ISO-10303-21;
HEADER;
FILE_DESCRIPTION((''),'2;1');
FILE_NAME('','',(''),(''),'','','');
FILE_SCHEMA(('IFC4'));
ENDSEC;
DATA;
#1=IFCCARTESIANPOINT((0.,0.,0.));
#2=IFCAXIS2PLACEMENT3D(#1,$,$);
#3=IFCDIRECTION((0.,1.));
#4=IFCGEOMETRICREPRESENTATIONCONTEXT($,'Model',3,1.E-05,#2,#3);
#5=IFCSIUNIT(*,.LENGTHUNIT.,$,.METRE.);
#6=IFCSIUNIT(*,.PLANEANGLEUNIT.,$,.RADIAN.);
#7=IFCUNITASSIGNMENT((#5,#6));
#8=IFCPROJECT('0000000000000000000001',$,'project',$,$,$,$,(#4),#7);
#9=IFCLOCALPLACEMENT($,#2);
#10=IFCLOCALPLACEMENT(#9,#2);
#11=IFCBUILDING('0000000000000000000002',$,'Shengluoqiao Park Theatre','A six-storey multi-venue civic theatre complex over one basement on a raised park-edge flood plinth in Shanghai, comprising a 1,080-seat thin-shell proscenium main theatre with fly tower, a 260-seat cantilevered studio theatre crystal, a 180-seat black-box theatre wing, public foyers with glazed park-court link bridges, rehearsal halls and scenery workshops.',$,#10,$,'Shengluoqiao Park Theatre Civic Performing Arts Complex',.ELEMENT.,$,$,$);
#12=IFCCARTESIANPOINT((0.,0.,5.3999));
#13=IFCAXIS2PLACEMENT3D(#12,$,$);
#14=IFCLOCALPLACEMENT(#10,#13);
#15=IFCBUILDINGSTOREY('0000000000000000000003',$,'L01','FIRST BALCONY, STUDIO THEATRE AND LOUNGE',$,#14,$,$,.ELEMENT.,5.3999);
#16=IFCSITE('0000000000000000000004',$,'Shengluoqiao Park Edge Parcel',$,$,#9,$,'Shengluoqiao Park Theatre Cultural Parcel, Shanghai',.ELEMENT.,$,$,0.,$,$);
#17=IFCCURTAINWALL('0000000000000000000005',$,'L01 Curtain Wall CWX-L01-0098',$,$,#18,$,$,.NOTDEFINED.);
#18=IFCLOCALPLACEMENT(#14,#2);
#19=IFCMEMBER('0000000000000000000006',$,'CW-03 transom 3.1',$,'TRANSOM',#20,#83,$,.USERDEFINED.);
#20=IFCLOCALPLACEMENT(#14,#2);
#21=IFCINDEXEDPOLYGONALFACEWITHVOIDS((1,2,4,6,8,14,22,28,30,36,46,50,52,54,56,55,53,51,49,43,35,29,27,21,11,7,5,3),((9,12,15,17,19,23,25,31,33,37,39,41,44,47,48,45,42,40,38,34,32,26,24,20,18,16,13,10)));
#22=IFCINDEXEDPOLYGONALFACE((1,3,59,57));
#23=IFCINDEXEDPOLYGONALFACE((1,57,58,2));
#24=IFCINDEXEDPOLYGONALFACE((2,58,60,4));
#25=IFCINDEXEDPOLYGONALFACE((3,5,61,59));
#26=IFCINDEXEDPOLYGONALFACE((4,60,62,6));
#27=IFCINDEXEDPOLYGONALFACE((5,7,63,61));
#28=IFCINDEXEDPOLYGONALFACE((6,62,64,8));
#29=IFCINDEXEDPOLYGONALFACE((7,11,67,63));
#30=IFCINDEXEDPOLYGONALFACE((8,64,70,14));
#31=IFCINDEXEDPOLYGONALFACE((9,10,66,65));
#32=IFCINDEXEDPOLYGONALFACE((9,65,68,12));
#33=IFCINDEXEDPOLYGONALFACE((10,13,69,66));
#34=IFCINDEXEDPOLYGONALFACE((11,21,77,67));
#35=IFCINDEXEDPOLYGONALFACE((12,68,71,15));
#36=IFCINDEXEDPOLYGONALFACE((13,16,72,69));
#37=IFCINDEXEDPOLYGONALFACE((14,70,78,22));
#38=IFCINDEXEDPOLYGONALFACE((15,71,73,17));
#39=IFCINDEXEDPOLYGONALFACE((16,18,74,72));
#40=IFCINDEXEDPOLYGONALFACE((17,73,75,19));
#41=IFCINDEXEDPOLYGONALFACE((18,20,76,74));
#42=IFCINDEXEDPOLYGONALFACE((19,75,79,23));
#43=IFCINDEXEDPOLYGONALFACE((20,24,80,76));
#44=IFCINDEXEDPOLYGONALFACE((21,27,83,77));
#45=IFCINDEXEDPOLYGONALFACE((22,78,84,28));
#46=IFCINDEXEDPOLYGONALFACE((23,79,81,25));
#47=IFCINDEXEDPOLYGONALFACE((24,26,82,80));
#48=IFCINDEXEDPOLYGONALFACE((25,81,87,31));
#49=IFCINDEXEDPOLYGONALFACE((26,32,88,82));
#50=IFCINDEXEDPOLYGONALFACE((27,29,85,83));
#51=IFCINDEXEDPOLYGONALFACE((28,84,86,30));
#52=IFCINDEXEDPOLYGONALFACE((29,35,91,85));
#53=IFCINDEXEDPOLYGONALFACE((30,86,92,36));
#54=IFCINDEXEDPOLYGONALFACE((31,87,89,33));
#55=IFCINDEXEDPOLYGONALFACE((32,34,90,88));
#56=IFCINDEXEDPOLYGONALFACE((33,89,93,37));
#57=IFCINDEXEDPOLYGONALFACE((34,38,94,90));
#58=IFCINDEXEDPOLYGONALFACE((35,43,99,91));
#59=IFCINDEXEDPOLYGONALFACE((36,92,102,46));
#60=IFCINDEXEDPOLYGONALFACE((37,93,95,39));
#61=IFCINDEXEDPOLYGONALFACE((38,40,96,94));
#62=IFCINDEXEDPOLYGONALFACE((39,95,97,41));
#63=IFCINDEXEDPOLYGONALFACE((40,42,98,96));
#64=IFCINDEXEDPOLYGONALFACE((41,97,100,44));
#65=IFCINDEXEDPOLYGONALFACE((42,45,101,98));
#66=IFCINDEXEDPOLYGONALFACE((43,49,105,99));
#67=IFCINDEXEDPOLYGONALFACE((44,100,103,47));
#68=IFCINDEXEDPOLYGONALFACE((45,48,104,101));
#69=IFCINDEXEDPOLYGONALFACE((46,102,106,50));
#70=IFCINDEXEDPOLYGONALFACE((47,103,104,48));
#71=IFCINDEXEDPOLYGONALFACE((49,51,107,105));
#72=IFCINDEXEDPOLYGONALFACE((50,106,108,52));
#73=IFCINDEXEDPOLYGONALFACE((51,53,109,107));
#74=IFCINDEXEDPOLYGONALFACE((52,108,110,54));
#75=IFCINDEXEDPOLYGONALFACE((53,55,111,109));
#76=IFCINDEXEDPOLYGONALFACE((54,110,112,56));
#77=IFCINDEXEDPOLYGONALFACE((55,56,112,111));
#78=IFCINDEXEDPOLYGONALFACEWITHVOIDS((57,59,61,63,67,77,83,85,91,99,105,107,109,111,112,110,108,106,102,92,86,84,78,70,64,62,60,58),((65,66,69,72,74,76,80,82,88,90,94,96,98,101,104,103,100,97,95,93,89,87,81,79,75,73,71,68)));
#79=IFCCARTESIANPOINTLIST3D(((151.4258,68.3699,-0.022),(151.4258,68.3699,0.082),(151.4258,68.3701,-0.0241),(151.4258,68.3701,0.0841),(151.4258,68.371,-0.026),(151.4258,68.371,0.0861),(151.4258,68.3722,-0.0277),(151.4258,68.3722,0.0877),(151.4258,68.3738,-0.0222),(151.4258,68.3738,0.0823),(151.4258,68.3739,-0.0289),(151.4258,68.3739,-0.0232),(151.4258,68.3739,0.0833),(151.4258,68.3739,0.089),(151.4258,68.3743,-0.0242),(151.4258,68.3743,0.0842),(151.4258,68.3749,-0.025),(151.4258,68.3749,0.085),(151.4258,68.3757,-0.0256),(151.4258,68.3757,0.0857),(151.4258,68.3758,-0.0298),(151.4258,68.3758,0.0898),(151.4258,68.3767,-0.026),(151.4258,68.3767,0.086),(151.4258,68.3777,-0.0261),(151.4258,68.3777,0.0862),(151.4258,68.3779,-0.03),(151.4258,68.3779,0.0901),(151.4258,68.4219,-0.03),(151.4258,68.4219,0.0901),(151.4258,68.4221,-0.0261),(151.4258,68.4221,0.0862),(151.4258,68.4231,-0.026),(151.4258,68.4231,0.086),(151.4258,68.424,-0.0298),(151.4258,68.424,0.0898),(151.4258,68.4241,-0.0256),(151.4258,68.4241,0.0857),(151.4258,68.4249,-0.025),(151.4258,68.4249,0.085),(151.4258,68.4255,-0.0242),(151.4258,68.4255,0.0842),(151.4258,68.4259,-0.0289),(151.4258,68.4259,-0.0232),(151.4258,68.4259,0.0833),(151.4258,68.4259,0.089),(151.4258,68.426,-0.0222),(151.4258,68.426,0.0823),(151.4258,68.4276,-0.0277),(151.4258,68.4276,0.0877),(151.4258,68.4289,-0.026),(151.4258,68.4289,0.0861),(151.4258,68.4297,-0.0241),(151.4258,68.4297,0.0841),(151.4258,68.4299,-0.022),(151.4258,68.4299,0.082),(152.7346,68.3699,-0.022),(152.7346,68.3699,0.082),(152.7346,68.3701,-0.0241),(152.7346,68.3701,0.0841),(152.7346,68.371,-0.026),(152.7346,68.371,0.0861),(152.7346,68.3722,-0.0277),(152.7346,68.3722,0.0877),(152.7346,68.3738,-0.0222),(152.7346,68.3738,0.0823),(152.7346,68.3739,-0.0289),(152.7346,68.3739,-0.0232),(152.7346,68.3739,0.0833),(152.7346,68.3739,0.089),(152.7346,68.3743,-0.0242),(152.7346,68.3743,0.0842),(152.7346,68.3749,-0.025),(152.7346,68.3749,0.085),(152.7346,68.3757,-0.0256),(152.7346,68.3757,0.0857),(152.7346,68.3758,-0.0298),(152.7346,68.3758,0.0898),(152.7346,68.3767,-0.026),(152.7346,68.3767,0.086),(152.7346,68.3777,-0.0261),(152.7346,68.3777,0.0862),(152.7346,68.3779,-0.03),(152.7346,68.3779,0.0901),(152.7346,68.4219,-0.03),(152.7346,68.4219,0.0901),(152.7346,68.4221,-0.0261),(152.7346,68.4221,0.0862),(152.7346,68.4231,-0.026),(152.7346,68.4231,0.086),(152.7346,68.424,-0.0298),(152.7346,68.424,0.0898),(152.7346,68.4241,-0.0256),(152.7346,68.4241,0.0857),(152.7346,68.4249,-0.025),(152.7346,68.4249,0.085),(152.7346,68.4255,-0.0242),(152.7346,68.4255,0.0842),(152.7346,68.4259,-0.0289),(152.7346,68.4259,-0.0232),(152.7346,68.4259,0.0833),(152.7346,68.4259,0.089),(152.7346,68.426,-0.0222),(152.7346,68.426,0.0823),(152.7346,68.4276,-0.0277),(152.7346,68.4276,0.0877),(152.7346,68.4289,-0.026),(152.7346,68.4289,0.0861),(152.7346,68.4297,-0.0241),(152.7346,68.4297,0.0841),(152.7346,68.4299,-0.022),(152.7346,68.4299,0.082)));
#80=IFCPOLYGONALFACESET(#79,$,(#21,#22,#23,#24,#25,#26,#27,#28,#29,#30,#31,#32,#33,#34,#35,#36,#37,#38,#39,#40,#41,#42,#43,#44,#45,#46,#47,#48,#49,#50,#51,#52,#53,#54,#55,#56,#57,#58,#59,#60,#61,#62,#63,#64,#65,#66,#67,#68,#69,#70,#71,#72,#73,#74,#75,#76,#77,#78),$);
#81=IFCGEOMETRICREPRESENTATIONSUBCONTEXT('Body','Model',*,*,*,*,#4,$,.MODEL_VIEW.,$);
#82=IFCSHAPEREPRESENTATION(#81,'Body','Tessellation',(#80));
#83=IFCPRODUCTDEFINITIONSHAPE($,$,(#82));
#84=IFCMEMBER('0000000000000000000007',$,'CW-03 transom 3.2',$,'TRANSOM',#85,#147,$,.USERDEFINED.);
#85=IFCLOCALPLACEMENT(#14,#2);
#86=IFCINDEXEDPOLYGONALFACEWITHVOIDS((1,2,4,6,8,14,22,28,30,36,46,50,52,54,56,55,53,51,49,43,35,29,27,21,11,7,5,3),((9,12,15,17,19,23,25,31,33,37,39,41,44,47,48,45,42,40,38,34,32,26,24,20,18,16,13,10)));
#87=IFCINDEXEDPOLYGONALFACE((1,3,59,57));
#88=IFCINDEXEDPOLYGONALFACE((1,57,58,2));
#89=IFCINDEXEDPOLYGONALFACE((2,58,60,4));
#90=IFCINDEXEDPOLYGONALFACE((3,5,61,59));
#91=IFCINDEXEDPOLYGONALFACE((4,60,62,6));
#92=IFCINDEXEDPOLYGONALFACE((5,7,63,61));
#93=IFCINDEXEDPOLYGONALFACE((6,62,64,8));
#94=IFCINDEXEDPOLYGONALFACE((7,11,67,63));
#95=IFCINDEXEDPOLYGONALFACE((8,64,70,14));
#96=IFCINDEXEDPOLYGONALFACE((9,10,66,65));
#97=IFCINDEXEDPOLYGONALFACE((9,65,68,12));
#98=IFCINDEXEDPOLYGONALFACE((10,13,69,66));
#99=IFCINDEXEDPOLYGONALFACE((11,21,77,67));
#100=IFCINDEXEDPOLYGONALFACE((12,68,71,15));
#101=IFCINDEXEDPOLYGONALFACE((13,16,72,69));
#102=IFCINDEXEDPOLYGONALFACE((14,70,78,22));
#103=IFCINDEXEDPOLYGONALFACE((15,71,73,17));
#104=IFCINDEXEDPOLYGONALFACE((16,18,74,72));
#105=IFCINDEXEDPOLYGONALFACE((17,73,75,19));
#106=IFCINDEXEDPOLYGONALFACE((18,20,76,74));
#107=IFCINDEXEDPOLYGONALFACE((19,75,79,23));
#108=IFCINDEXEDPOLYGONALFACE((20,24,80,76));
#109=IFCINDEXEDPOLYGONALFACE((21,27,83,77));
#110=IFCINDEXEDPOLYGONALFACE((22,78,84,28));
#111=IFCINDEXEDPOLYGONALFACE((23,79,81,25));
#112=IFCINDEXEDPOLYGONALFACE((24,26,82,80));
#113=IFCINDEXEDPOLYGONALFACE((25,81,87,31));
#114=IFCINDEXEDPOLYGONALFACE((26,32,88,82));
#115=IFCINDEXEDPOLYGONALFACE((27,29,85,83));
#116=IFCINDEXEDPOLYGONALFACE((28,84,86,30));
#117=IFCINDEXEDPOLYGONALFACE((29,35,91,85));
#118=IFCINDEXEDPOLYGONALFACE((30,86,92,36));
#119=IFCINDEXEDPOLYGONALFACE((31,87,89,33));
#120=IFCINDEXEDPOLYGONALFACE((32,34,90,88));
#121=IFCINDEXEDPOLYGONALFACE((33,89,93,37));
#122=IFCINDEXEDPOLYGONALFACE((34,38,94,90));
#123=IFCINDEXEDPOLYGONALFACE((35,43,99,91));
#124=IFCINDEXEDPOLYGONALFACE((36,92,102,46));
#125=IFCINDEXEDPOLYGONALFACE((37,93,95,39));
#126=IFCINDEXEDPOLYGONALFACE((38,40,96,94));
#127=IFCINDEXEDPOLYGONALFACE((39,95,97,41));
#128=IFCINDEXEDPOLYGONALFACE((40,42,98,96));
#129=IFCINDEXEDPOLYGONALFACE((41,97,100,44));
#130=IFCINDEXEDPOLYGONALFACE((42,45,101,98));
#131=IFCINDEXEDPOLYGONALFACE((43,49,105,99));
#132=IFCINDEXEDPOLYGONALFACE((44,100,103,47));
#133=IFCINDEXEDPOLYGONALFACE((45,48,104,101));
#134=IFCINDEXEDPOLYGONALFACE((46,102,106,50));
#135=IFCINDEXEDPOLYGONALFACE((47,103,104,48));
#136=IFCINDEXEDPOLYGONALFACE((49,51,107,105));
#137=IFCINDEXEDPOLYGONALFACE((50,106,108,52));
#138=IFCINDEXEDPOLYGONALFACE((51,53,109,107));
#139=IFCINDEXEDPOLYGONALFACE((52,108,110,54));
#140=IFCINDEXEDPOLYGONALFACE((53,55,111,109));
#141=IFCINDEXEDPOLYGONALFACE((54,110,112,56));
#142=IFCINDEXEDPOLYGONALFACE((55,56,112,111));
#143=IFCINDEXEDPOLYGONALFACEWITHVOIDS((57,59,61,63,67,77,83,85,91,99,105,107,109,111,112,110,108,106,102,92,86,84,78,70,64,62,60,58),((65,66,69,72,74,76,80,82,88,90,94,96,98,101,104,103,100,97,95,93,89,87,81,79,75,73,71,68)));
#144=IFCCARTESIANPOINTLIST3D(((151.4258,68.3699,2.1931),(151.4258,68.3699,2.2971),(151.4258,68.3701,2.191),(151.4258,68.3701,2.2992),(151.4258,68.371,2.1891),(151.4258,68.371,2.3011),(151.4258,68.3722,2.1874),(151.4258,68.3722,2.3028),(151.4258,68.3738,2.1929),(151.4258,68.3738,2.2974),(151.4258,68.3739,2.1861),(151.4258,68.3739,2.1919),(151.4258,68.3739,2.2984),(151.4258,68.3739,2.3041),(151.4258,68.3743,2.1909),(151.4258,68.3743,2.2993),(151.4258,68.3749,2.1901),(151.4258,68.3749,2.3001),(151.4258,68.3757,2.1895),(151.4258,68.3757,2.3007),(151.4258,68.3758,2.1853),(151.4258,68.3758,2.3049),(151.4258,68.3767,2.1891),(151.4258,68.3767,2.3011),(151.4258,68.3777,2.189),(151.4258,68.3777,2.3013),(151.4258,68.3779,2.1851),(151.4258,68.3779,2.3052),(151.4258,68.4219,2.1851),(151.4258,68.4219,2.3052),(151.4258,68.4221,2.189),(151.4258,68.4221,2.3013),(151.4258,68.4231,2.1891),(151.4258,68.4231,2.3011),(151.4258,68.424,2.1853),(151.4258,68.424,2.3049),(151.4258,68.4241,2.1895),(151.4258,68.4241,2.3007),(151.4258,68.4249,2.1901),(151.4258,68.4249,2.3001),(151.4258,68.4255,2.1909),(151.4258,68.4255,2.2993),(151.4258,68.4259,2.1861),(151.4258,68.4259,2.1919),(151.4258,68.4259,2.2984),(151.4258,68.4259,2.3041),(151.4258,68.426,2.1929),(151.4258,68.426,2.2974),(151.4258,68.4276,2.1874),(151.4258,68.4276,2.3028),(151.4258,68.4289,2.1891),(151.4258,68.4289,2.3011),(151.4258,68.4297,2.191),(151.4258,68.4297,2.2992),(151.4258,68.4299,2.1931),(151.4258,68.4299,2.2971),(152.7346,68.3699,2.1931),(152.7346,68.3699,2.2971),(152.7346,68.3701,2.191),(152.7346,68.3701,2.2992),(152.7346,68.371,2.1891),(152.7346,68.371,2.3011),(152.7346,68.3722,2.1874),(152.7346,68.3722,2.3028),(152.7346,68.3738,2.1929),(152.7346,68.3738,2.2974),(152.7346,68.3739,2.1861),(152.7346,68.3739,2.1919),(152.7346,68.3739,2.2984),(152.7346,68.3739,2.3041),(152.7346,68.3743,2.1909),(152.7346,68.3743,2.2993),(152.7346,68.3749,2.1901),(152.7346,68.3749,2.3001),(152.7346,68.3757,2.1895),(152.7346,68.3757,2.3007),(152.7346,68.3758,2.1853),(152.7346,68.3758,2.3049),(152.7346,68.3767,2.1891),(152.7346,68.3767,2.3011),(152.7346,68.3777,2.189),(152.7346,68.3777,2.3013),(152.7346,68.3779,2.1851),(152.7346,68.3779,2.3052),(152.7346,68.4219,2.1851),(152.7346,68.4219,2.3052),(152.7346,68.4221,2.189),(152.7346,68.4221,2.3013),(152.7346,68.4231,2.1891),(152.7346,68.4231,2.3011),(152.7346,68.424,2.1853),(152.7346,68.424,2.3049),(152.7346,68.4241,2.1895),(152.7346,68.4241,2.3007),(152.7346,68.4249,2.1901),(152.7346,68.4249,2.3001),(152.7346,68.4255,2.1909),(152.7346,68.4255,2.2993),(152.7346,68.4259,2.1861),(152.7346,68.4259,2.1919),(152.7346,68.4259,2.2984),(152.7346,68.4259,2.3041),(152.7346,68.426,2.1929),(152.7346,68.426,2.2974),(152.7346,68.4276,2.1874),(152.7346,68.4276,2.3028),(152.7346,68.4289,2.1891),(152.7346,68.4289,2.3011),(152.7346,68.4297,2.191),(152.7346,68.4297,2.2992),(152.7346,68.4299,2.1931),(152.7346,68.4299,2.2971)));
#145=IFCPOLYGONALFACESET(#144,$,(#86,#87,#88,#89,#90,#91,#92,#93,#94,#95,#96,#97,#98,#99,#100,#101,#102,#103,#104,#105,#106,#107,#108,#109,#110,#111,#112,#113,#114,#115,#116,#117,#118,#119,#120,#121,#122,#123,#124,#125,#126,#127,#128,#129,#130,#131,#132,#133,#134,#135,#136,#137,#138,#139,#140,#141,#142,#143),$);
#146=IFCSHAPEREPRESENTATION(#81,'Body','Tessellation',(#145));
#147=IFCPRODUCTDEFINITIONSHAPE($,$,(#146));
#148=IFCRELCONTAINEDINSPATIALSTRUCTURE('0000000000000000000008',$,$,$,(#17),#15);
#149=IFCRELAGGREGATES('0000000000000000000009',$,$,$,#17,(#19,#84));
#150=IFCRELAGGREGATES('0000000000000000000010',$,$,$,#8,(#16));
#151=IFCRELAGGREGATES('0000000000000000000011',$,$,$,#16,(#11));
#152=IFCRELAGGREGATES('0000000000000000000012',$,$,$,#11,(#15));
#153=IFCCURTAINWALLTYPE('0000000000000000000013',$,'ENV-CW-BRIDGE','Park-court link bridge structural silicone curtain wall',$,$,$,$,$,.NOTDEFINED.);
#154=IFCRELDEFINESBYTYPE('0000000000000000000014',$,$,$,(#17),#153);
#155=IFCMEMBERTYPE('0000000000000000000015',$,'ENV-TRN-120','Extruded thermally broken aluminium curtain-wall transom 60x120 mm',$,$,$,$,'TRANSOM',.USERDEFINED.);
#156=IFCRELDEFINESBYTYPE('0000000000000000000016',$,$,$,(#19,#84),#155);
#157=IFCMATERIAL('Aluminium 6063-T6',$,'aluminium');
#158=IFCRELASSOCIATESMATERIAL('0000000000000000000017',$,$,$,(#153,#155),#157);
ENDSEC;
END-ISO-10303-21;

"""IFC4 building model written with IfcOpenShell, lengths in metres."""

from ifc_helpers import new_model, si_unit, direction, frame, origin, origin_2d, place, context, subcontext, project, spatial, hollow_rectangle, extrude, material, material_profile, profile_set, type_object, element, aggregate, save


model = new_model("IFC4")

# Units and contexts
model_context = context("Model", 3, precision=1e-05, world=origin(), true_north=direction((0.0, 1.0)))
body_context = subcontext(model_context, "Body", "Model", "MODEL_VIEW")
ifc_project = project(units=[si_unit("LENGTHUNIT", "METRE"), si_unit("PLANEANGLEUNIT", "RADIAN")], contexts=[model_context])

# Site, building, storey
site_placement = place(None, origin())
site = spatial("IfcSite", under=ifc_project, at=site_placement, Name="Shengluoqiao Park Edge Parcel", LongName="Shengluoqiao Park Theatre Cultural Parcel, Shanghai", CompositionType="ELEMENT", RefElevation=0.0)
building_placement = place(site_placement, origin())
building = spatial("IfcBuilding", under=site, at=building_placement, Name="Shengluoqiao Park Theatre", Description="A six-storey multi-venue civic theatre complex over one basement on a raised park-edge flood plinth in Shanghai, comprising a 1,080-seat thin-shell proscenium main theatre with fly tower, a 260-seat cantilevered studio theatre crystal, a 180-seat black-box theatre wing, public foyers with glazed park-court link bridges, rehearsal halls and scenery workshops.", LongName="Shengluoqiao Park Theatre Civic Performing Arts Complex", CompositionType="ELEMENT")
storey_placement = place(building_placement, frame((0.0, 0.0, 5.3999)))
storey = spatial("IfcBuildingStorey", under=building, at=storey_placement, Name="L01", Description="FIRST BALCONY, STUDIO THEATRE AND LOUNGE", CompositionType="ELEMENT", Elevation=5.3999)

# Curtain wall
ifc_material_1 = material(Name="Aluminium 6063-T6", Category="aluminium")
curtain_wall_type = type_object("IfcCurtainWallType", Name="ENV-CW-BRIDGE", Description="Park-court link bridge structural silicone curtain wall", PredefinedType="NOTDEFINED", material=ifc_material_1)
curtain_wall_1_placement = place(storey_placement, origin())
curtain_wall_1 = element("IfcCurtainWall", 1, at=curtain_wall_1_placement, inside=storey, type_object=curtain_wall_type, Name="L01 Curtain Wall CWX-L01-0098", PredefinedType="NOTDEFINED")

# Members
ifc_material_profile_1 = material_profile(ifc_material_1, hollow_rectangle(XDim=0.0601, YDim=0.1201, WallThickness=0.0039, InnerFilletRadius=0.0039, OuterFilletRadius=0.0081, at=origin_2d()), Name="ALU TRANSOM 120x60x4")
ifc_profile_set_1 = profile_set([ifc_material_profile_1], Name="Aluminium 6063-T6")
member_type_1 = type_object("IfcMemberType", Name="ENV-TRN-120", Description="Extruded thermally broken aluminium curtain-wall transom 60x120 mm", ElementType="TRANSOM", PredefinedType="USERDEFINED", material=ifc_profile_set_1)
member_1_placement = place(storey_placement, frame((151.4258, 68.3999, 0.03), z_axis=(1.0, 0.0, 0.0), x_axis=(0.0, 1.0, 0.0)))
member_1 = element("IfcMember", 2, at=member_1_placement, type_object=member_type_1, Name="CW-03 transom 3.1", ObjectType="TRANSOM", PredefinedType="USERDEFINED", context=body_context, shape_type="SweptSolid", body=[
    extrude(hollow_rectangle(XDim=0.0601, YDim=0.1201, WallThickness=0.0039, InnerFilletRadius=0.0039, OuterFilletRadius=0.0081, at=origin_2d()), origin(), (0.0, 0.0, 1.0), 1.3088),
])
member_2_placement = place(storey_placement, frame((151.4258, 68.3999, 2.2451), z_axis=(1.0, 0.0, 0.0), x_axis=(0.0, 1.0, 0.0)))
member_2 = element("IfcMember", 3, at=member_2_placement, type_object=member_type_1, Name="CW-03 transom 3.2", ObjectType="TRANSOM", PredefinedType="USERDEFINED", context=body_context, shape_type="SweptSolid", body=[
    extrude(hollow_rectangle(XDim=0.0601, YDim=0.1201, WallThickness=0.0039, InnerFilletRadius=0.0039, OuterFilletRadius=0.0081, at=origin_2d()), origin(), (0.0, 0.0, 1.0), 1.3088),
])

aggregate(curtain_wall_1, [member_1, member_2])

save(model, "model.ifc")
